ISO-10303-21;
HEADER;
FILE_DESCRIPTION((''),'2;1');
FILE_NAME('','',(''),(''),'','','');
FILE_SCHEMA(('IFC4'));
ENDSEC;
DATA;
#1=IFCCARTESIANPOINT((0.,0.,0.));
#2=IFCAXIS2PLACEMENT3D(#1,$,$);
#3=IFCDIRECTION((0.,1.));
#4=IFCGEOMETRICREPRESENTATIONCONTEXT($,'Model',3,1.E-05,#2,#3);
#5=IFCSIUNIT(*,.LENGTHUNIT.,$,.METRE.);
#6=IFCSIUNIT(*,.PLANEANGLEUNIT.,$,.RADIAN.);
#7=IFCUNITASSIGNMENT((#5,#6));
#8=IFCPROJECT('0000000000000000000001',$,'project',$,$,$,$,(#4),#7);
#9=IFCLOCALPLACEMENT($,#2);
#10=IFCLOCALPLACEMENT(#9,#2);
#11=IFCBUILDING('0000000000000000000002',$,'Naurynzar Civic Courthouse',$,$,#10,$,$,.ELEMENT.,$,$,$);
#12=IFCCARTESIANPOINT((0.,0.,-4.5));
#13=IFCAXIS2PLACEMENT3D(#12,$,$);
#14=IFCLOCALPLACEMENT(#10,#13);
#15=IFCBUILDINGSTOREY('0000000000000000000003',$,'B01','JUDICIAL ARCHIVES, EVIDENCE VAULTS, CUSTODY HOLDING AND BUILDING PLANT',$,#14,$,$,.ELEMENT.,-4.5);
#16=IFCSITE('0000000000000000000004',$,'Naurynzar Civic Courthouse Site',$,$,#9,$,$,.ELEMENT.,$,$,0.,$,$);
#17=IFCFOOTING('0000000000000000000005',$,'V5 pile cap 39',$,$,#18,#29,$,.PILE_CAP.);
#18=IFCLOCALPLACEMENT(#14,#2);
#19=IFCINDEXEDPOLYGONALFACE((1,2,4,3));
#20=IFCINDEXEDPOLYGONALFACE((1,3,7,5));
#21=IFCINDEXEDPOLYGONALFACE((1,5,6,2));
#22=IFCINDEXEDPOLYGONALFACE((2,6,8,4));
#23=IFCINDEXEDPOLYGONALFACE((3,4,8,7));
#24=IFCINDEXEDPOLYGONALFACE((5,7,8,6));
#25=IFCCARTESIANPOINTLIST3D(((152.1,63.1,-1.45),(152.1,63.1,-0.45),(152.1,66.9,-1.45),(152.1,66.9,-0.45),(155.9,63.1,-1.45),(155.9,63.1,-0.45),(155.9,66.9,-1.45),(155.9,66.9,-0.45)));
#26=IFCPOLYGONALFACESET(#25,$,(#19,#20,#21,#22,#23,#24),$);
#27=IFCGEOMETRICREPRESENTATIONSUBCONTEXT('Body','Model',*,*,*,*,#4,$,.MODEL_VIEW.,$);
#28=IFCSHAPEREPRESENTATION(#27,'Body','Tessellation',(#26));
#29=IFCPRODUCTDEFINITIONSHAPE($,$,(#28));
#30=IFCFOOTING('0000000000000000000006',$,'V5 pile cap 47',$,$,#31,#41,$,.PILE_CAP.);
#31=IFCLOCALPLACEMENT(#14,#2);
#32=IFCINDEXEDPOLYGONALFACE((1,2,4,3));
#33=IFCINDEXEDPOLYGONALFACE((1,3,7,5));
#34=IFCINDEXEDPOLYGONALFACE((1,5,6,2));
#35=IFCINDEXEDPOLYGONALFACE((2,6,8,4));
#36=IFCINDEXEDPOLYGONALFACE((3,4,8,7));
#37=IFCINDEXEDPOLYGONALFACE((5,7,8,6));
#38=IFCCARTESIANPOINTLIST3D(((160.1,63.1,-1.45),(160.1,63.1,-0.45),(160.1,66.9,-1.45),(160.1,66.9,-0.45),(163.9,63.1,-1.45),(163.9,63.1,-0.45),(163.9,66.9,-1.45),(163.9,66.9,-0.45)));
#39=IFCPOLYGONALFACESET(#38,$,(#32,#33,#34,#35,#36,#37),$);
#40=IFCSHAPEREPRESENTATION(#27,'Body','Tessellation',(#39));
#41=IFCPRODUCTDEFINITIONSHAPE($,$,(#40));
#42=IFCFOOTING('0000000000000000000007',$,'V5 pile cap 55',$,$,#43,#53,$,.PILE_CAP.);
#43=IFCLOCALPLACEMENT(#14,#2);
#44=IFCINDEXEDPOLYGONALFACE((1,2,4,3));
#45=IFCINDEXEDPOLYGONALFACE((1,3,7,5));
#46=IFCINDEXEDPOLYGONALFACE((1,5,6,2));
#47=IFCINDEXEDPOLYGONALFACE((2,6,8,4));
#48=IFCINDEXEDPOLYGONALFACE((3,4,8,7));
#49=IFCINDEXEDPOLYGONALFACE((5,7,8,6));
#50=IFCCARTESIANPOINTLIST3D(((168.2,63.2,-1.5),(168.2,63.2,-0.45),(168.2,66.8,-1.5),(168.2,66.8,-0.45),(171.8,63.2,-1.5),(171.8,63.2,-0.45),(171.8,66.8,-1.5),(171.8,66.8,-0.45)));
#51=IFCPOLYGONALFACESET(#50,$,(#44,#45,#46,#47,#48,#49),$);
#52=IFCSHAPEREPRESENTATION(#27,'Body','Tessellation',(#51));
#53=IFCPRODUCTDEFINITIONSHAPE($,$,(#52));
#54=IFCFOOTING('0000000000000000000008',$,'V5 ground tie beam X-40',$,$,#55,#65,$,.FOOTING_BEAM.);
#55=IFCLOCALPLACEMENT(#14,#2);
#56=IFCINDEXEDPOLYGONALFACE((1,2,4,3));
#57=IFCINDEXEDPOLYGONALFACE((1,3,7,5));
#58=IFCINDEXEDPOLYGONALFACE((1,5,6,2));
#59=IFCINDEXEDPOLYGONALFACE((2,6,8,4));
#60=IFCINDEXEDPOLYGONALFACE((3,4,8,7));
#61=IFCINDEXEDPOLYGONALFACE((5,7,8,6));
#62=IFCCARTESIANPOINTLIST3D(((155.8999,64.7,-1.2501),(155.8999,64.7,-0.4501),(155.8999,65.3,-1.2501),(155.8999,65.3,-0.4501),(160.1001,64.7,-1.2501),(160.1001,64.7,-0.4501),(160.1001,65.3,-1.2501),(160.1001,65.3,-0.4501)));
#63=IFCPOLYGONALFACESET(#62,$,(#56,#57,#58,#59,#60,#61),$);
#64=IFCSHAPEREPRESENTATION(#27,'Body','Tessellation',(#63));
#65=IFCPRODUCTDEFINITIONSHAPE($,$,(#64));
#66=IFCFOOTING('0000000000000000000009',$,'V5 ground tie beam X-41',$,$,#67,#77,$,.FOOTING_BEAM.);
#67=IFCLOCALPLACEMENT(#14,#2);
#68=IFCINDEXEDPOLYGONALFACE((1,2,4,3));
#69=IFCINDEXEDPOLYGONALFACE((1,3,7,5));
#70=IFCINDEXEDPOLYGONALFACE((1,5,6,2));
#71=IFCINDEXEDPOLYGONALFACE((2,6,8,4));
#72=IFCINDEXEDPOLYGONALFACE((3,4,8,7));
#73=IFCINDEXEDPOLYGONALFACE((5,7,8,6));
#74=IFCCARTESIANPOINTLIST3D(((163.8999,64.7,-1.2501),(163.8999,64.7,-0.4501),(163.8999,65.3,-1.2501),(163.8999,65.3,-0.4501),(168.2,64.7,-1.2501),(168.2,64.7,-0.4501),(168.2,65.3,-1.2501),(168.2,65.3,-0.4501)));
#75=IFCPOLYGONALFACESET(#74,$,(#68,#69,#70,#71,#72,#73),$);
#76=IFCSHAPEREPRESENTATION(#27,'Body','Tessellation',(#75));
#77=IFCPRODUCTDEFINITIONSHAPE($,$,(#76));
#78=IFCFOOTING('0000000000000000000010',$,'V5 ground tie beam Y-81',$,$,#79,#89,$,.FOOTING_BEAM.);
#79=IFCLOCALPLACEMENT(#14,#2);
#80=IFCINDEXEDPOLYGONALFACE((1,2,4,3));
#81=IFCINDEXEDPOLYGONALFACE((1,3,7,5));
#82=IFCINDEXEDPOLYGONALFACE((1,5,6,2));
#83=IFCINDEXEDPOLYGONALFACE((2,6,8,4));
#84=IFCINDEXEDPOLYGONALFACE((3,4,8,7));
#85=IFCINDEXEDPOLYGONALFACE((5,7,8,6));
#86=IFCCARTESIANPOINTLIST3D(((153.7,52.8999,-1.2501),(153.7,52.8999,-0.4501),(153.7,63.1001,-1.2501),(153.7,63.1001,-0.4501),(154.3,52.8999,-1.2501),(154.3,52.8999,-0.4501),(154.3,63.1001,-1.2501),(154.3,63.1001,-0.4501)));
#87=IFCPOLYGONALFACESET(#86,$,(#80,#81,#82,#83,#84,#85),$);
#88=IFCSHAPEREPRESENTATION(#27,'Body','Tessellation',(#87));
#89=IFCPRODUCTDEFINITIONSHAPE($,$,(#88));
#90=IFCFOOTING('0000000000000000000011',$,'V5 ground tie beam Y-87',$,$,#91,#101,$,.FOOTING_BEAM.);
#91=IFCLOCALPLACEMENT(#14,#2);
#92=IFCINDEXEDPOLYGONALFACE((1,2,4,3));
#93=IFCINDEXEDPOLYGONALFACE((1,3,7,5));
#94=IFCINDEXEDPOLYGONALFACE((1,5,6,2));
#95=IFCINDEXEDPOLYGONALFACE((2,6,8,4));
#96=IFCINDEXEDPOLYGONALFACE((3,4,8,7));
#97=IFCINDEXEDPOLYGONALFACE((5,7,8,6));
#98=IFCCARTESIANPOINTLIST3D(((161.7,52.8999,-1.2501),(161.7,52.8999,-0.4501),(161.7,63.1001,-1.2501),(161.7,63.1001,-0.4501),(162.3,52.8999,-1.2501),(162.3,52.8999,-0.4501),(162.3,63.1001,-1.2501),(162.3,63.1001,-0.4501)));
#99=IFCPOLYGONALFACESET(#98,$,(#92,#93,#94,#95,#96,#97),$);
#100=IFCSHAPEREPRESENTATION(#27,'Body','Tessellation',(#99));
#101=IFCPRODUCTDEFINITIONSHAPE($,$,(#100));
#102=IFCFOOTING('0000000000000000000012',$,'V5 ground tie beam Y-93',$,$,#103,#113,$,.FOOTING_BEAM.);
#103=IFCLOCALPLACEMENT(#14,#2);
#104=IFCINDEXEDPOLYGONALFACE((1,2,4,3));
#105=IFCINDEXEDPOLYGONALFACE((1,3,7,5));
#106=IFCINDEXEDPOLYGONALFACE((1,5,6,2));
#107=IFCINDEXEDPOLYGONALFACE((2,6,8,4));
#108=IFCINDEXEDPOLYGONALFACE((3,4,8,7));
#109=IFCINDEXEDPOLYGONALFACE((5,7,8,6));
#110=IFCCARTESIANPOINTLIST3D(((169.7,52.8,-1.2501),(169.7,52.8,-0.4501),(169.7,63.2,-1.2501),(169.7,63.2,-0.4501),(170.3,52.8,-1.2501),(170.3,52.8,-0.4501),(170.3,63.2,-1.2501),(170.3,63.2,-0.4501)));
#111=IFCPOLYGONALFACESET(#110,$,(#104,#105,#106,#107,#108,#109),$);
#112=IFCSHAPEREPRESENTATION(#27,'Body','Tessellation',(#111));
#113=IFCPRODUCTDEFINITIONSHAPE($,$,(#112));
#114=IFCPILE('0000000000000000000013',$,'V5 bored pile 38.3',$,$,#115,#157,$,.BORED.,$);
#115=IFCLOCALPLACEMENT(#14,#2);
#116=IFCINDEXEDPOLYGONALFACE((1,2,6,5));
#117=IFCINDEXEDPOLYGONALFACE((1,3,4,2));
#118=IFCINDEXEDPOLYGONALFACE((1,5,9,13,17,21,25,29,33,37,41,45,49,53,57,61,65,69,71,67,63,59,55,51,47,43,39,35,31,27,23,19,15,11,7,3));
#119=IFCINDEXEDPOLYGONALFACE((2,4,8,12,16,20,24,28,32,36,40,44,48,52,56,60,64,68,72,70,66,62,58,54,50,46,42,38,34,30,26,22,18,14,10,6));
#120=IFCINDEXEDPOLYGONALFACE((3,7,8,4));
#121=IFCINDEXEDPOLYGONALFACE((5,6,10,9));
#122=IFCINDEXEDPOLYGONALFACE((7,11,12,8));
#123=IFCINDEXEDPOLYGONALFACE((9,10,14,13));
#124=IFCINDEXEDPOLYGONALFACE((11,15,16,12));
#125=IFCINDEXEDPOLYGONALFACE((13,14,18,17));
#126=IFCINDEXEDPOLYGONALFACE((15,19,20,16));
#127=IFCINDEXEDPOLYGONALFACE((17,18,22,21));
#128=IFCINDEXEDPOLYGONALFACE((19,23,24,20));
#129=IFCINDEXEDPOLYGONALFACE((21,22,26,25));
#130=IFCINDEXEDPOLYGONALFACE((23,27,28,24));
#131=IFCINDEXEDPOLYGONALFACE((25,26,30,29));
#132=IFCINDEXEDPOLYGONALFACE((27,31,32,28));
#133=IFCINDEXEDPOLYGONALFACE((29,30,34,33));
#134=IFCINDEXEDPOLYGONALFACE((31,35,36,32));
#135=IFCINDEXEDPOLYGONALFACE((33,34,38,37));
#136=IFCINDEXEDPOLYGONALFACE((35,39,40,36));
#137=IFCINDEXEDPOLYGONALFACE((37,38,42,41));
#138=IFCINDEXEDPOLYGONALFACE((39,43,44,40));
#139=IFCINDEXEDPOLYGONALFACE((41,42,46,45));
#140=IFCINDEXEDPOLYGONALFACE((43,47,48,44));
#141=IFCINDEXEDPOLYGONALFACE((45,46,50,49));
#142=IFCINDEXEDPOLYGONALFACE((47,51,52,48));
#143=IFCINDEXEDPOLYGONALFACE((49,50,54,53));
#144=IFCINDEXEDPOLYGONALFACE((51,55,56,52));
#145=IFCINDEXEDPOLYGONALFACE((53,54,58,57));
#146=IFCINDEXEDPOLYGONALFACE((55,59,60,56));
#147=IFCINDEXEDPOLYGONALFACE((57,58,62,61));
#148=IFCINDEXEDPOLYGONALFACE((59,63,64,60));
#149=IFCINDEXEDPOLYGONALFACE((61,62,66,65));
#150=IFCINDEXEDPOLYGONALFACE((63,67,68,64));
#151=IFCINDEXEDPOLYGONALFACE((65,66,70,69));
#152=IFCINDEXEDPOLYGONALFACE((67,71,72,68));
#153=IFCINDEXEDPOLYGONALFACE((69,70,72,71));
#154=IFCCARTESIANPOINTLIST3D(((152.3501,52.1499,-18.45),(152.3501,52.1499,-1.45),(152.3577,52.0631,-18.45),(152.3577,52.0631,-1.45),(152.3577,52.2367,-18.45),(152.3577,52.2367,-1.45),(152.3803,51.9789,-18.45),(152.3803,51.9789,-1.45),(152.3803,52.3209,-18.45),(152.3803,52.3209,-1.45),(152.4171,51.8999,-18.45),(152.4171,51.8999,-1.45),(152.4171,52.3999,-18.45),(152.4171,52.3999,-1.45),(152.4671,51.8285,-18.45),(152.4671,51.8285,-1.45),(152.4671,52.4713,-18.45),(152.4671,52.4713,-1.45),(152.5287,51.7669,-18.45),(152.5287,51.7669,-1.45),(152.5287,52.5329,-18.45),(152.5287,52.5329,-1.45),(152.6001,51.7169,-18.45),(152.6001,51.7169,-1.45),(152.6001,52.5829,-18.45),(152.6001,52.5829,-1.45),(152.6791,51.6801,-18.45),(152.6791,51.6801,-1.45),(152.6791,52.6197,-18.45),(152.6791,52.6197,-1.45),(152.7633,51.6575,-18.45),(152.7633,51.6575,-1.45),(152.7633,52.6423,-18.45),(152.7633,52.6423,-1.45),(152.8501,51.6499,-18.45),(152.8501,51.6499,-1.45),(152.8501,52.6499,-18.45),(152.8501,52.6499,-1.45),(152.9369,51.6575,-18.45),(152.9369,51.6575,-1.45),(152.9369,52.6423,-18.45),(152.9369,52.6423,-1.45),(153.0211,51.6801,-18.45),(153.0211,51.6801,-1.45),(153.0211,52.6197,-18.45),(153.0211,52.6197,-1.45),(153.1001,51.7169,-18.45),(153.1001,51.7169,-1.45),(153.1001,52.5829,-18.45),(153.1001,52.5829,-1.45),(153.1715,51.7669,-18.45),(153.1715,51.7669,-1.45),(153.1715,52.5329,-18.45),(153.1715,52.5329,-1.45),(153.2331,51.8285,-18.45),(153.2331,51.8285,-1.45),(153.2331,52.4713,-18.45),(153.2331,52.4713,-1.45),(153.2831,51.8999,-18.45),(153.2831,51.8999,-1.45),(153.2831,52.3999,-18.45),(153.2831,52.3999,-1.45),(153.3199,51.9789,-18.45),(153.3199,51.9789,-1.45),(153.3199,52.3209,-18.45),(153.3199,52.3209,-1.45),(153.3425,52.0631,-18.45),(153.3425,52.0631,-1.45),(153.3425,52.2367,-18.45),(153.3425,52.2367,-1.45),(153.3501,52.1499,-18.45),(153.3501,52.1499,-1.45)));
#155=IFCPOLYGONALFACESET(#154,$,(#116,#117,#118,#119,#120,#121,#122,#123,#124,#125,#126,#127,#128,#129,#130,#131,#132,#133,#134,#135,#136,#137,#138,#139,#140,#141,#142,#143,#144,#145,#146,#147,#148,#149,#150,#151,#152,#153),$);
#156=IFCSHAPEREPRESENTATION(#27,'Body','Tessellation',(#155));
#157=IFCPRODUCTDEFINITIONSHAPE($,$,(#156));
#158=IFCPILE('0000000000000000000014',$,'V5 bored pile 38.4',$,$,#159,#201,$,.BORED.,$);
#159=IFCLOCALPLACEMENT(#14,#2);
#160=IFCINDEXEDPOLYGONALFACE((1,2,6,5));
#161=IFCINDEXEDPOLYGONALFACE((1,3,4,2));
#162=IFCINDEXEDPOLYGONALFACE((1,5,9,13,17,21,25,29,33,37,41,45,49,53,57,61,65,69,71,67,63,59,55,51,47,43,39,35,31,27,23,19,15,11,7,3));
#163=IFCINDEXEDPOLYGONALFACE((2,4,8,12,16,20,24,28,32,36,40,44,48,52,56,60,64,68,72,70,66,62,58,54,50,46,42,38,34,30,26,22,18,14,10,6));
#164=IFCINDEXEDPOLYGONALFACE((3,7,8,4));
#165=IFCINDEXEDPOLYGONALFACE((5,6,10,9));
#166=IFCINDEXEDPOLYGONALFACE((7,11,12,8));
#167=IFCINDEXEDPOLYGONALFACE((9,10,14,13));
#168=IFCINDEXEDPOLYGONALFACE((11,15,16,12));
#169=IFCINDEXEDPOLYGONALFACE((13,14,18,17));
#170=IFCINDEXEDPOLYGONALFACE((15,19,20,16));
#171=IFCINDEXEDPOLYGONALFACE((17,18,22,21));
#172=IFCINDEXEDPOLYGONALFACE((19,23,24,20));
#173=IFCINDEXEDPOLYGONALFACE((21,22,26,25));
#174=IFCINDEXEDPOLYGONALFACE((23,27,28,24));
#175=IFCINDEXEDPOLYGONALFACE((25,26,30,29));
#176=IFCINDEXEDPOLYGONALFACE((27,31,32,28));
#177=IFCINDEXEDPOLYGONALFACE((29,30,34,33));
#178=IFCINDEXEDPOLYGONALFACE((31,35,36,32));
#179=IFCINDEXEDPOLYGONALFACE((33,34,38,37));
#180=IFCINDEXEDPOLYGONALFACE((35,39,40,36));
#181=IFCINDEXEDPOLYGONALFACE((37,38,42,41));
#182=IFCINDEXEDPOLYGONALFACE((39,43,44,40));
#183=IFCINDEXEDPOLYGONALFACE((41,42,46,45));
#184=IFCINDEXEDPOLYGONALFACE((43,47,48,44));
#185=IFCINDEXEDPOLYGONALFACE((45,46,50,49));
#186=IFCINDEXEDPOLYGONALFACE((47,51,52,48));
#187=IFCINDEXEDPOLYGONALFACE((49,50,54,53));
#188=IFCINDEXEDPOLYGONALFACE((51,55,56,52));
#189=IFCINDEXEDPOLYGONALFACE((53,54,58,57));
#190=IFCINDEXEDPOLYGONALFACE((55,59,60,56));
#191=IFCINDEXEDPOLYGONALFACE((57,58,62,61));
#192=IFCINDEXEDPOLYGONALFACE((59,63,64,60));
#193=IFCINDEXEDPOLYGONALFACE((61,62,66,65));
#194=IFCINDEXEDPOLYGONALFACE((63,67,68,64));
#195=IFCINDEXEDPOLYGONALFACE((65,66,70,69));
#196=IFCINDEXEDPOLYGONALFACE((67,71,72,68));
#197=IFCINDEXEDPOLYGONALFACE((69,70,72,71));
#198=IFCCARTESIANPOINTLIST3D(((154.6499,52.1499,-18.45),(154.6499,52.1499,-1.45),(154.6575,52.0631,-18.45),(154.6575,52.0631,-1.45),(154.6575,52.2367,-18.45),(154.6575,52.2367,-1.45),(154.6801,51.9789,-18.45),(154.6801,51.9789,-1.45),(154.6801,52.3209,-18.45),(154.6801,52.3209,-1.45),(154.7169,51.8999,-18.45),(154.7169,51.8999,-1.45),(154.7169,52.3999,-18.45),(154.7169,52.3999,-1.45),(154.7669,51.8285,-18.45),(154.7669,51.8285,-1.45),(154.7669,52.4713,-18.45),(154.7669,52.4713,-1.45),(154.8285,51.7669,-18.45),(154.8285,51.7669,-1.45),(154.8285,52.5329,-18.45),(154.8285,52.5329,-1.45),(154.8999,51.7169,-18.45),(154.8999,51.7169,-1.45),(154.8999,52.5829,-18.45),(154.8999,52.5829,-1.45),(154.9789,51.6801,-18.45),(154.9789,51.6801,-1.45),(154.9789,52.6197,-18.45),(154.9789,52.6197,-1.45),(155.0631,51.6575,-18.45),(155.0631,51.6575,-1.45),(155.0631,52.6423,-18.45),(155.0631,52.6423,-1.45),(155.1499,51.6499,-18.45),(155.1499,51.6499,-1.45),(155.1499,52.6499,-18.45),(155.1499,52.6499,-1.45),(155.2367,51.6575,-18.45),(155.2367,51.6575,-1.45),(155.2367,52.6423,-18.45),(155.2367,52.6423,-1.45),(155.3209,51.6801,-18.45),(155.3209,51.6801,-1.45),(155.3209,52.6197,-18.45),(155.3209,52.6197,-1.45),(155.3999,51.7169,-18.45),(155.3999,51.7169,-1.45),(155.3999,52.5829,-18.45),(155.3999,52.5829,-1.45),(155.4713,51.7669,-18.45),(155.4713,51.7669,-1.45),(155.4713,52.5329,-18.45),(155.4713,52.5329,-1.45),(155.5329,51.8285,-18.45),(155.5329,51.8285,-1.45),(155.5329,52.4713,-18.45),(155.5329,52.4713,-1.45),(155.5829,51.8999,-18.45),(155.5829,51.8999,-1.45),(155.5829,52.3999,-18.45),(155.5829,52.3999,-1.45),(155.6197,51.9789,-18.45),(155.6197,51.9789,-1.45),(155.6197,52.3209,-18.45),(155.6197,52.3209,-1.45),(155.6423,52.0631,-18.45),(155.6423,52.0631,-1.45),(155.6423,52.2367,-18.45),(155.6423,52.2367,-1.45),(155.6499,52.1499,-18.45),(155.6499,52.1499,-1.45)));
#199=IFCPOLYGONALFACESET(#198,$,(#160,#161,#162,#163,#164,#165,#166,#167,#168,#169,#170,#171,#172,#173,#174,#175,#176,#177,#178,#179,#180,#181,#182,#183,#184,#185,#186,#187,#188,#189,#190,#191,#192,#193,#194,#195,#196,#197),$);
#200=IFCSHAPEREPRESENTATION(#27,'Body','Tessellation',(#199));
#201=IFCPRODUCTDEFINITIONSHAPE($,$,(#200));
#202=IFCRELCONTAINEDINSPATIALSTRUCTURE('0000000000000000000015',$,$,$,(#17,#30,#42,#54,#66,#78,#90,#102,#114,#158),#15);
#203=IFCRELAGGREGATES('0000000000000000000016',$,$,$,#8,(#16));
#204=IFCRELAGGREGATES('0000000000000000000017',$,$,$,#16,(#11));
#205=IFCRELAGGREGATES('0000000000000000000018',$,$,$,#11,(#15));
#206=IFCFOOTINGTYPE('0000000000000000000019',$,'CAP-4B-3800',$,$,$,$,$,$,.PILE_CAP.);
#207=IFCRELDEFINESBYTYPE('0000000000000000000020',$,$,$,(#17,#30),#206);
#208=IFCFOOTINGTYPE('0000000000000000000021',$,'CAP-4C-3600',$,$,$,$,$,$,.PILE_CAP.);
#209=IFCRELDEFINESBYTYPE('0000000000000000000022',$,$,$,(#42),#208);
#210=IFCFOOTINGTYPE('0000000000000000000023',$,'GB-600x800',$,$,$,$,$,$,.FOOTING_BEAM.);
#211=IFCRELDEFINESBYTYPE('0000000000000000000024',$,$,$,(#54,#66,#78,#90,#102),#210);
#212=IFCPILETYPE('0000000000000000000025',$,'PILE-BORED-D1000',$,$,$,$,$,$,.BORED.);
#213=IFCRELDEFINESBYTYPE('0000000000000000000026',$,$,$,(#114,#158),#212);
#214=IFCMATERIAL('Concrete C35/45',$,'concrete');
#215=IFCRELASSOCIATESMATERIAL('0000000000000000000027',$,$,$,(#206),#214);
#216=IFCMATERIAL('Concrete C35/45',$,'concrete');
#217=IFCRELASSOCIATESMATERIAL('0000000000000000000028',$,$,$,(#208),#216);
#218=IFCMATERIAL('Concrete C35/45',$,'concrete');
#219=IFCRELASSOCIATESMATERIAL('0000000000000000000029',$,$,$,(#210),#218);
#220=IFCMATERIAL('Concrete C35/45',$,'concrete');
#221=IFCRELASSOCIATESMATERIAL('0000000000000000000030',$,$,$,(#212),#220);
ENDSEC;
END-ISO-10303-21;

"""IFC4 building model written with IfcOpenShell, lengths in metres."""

from ifc_helpers import new_model, si_unit, direction, frame, origin, origin_2d, place, context, subcontext, project, spatial, rectangle, circle, extrude, material, material_profile, profile_set, type_object, element, save


model = new_model("IFC4")

# Units and contexts
model_context = context("Model", 3, precision=1e-05, world=origin(), true_north=direction((0.0, 1.0)))
body_context = subcontext(model_context, "Body", "Model", "MODEL_VIEW")
ifc_project = project(units=[si_unit("LENGTHUNIT", "METRE"), si_unit("PLANEANGLEUNIT", "RADIAN")], contexts=[model_context])

# Site, building, storey
site_placement = place(None, origin())
site = spatial("IfcSite", under=ifc_project, at=site_placement, Name="Naurynzar Civic Courthouse Site", CompositionType="ELEMENT", RefElevation=0.0)
building_placement = place(site_placement, origin())
building = spatial("IfcBuilding", under=site, at=building_placement, Name="Naurynzar Civic Courthouse", CompositionType="ELEMENT")
storey_placement = place(building_placement, frame((0.0, 0.0, -4.5)))
storey = spatial("IfcBuildingStorey", under=building, at=storey_placement, Name="B01", Description="JUDICIAL ARCHIVES, EVIDENCE VAULTS, CUSTODY HOLDING AND BUILDING PLANT", CompositionType="ELEMENT", Elevation=-4.5)

# Footings
ifc_material_1 = material(Name="Concrete C35/45", Category="concrete")
footing_type_1 = type_object("IfcFootingType", Name="CAP-4B-3800", PredefinedType="PILE_CAP", material=ifc_material_1)
for number, where, z_axis, x_axis, name in (
    (1, (154.0, 65.0, -1.45), (0.0, 0.0, 1.0), (1.0, 0.0, 0.0), "V5 pile cap 39"),
    (2, (162.0, 65.0, -1.45), (0.0, 0.0, 1.0), (1.0, 0.0, 0.0), "V5 pile cap 47"),
):
    element("IfcFooting", number, at=place(storey_placement, frame(where, z_axis=z_axis, x_axis=x_axis)), inside=storey, type_object=footing_type_1, Name=name, PredefinedType="PILE_CAP", context=body_context, shape_type="SweptSolid", body=[
        extrude(rectangle(XDim=3.8, YDim=3.8, at=origin_2d()), origin(), (0.0, 0.0, 1.0), 1.0),
    ])
ifc_material_2 = material(Name="Concrete C35/45", Category="concrete")
footing_type_2 = type_object("IfcFootingType", Name="CAP-4C-3600", PredefinedType="PILE_CAP", material=ifc_material_2)
footing_1_placement = place(storey_placement, frame((170.0, 65.0, -1.5), z_axis=(0.0, 0.0, 1.0), x_axis=(1.0, 0.0, 0.0)))
element("IfcFooting", 3, at=footing_1_placement, inside=storey, type_object=footing_type_2, Name="V5 pile cap 55", PredefinedType="PILE_CAP", context=body_context, shape_type="SweptSolid", body=[
    extrude(rectangle(XDim=3.6001, YDim=3.6001, at=origin_2d()), origin(), (0.0, 0.0, 1.0), 1.05),
])
ifc_material_3 = material(Name="Concrete C35/45", Category="concrete")
ifc_material_profile_1 = material_profile(ifc_material_3, rectangle(XDim=0.6001, YDim=0.8, at=origin_2d()), Name="GB 600x800")
ifc_profile_set_1 = profile_set([ifc_material_profile_1], Name="Concrete C35/45")
footing_type_3 = type_object("IfcFootingType", Name="GB-600x800", PredefinedType="FOOTING_BEAM", material=ifc_profile_set_1)
footing_2_placement = place(storey_placement, frame((155.8999, 65.0, -0.8501), z_axis=(1.0, 0.0, 0.0), x_axis=(0.0, 1.0, 0.0)))
element("IfcFooting", 4, at=footing_2_placement, inside=storey, type_object=footing_type_3, Name="V5 ground tie beam X-40", PredefinedType="FOOTING_BEAM", context=body_context, shape_type="SweptSolid", body=[
    extrude(rectangle(XDim=0.6001, YDim=0.8, at=origin_2d()), origin(), (0.0, 0.0, 1.0), 4.2002),
])
footing_3_placement = place(storey_placement, frame((163.8999, 65.0, -0.8501), z_axis=(1.0, 0.0, 0.0), x_axis=(0.0, 1.0, 0.0)))
element("IfcFooting", 5, at=footing_3_placement, inside=storey, type_object=footing_type_3, Name="V5 ground tie beam X-41", PredefinedType="FOOTING_BEAM", context=body_context, shape_type="SweptSolid", body=[
    extrude(rectangle(XDim=0.6001, YDim=0.8, at=origin_2d()), origin(), (0.0, 0.0, 1.0), 4.3),
])
for number, where, z_axis, x_axis, name in (
    (6, (154.0, 52.8999, -0.8501), (0.0, 1.0, 0.0), (-1.0, 0.0, 0.0), "V5 ground tie beam Y-81"),
    (7, (162.0, 52.8999, -0.8501), (0.0, 1.0, 0.0), (-1.0, 0.0, 0.0), "V5 ground tie beam Y-87"),
):
    element("IfcFooting", number, at=place(storey_placement, frame(where, z_axis=z_axis, x_axis=x_axis)), inside=storey, type_object=footing_type_3, Name=name, PredefinedType="FOOTING_BEAM", context=body_context, shape_type="SweptSolid", body=[
        extrude(rectangle(XDim=0.6001, YDim=0.8, at=origin_2d()), origin(), (0.0, 0.0, 1.0), 10.2002),
    ])
footing_4_placement = place(storey_placement, frame((170.0, 52.8, -0.8501), z_axis=(0.0, 1.0, 0.0), x_axis=(-1.0, 0.0, 0.0)))
element("IfcFooting", 8, at=footing_4_placement, inside=storey, type_object=footing_type_3, Name="V5 ground tie beam Y-93", PredefinedType="FOOTING_BEAM", context=body_context, shape_type="SweptSolid", body=[
    extrude(rectangle(XDim=0.6001, YDim=0.8, at=origin_2d()), origin(), (0.0, 0.0, 1.0), 10.3999),
])

# Piles
ifc_material_4 = material(Name="Concrete C35/45", Category="concrete")
ifc_material_profile_2 = material_profile(ifc_material_4, circle(Radius=0.5, at=origin_2d()), Name="PILE D1000")
ifc_profile_set_2 = profile_set([ifc_material_profile_2], Name="Concrete C35/45")
pile_type_1 = type_object("IfcPileType", Name="PILE-BORED-D1000", PredefinedType="BORED", material=ifc_profile_set_2)
for number, where, z_axis, x_axis, name in (
    (9, (152.8501, 52.1499, -1.45), (0.0, 0.0, -1.0), (1.0, 0.0, 0.0), "V5 bored pile 38.3"),
    (10, (155.1499, 52.1499, -1.45), (0.0, 0.0, -1.0), (1.0, 0.0, 0.0), "V5 bored pile 38.4"),
):
    element("IfcPile", number, at=place(storey_placement, frame(where, z_axis=z_axis, x_axis=x_axis)), inside=storey, type_object=pile_type_1, Name=name, PredefinedType="BORED", context=body_context, shape_type="SweptSolid", body=[
        extrude(circle(Radius=0.5, at=origin_2d()), origin(), (0.0, 0.0, 1.0), 17.0),
    ])

save(model, "model.ifc")
